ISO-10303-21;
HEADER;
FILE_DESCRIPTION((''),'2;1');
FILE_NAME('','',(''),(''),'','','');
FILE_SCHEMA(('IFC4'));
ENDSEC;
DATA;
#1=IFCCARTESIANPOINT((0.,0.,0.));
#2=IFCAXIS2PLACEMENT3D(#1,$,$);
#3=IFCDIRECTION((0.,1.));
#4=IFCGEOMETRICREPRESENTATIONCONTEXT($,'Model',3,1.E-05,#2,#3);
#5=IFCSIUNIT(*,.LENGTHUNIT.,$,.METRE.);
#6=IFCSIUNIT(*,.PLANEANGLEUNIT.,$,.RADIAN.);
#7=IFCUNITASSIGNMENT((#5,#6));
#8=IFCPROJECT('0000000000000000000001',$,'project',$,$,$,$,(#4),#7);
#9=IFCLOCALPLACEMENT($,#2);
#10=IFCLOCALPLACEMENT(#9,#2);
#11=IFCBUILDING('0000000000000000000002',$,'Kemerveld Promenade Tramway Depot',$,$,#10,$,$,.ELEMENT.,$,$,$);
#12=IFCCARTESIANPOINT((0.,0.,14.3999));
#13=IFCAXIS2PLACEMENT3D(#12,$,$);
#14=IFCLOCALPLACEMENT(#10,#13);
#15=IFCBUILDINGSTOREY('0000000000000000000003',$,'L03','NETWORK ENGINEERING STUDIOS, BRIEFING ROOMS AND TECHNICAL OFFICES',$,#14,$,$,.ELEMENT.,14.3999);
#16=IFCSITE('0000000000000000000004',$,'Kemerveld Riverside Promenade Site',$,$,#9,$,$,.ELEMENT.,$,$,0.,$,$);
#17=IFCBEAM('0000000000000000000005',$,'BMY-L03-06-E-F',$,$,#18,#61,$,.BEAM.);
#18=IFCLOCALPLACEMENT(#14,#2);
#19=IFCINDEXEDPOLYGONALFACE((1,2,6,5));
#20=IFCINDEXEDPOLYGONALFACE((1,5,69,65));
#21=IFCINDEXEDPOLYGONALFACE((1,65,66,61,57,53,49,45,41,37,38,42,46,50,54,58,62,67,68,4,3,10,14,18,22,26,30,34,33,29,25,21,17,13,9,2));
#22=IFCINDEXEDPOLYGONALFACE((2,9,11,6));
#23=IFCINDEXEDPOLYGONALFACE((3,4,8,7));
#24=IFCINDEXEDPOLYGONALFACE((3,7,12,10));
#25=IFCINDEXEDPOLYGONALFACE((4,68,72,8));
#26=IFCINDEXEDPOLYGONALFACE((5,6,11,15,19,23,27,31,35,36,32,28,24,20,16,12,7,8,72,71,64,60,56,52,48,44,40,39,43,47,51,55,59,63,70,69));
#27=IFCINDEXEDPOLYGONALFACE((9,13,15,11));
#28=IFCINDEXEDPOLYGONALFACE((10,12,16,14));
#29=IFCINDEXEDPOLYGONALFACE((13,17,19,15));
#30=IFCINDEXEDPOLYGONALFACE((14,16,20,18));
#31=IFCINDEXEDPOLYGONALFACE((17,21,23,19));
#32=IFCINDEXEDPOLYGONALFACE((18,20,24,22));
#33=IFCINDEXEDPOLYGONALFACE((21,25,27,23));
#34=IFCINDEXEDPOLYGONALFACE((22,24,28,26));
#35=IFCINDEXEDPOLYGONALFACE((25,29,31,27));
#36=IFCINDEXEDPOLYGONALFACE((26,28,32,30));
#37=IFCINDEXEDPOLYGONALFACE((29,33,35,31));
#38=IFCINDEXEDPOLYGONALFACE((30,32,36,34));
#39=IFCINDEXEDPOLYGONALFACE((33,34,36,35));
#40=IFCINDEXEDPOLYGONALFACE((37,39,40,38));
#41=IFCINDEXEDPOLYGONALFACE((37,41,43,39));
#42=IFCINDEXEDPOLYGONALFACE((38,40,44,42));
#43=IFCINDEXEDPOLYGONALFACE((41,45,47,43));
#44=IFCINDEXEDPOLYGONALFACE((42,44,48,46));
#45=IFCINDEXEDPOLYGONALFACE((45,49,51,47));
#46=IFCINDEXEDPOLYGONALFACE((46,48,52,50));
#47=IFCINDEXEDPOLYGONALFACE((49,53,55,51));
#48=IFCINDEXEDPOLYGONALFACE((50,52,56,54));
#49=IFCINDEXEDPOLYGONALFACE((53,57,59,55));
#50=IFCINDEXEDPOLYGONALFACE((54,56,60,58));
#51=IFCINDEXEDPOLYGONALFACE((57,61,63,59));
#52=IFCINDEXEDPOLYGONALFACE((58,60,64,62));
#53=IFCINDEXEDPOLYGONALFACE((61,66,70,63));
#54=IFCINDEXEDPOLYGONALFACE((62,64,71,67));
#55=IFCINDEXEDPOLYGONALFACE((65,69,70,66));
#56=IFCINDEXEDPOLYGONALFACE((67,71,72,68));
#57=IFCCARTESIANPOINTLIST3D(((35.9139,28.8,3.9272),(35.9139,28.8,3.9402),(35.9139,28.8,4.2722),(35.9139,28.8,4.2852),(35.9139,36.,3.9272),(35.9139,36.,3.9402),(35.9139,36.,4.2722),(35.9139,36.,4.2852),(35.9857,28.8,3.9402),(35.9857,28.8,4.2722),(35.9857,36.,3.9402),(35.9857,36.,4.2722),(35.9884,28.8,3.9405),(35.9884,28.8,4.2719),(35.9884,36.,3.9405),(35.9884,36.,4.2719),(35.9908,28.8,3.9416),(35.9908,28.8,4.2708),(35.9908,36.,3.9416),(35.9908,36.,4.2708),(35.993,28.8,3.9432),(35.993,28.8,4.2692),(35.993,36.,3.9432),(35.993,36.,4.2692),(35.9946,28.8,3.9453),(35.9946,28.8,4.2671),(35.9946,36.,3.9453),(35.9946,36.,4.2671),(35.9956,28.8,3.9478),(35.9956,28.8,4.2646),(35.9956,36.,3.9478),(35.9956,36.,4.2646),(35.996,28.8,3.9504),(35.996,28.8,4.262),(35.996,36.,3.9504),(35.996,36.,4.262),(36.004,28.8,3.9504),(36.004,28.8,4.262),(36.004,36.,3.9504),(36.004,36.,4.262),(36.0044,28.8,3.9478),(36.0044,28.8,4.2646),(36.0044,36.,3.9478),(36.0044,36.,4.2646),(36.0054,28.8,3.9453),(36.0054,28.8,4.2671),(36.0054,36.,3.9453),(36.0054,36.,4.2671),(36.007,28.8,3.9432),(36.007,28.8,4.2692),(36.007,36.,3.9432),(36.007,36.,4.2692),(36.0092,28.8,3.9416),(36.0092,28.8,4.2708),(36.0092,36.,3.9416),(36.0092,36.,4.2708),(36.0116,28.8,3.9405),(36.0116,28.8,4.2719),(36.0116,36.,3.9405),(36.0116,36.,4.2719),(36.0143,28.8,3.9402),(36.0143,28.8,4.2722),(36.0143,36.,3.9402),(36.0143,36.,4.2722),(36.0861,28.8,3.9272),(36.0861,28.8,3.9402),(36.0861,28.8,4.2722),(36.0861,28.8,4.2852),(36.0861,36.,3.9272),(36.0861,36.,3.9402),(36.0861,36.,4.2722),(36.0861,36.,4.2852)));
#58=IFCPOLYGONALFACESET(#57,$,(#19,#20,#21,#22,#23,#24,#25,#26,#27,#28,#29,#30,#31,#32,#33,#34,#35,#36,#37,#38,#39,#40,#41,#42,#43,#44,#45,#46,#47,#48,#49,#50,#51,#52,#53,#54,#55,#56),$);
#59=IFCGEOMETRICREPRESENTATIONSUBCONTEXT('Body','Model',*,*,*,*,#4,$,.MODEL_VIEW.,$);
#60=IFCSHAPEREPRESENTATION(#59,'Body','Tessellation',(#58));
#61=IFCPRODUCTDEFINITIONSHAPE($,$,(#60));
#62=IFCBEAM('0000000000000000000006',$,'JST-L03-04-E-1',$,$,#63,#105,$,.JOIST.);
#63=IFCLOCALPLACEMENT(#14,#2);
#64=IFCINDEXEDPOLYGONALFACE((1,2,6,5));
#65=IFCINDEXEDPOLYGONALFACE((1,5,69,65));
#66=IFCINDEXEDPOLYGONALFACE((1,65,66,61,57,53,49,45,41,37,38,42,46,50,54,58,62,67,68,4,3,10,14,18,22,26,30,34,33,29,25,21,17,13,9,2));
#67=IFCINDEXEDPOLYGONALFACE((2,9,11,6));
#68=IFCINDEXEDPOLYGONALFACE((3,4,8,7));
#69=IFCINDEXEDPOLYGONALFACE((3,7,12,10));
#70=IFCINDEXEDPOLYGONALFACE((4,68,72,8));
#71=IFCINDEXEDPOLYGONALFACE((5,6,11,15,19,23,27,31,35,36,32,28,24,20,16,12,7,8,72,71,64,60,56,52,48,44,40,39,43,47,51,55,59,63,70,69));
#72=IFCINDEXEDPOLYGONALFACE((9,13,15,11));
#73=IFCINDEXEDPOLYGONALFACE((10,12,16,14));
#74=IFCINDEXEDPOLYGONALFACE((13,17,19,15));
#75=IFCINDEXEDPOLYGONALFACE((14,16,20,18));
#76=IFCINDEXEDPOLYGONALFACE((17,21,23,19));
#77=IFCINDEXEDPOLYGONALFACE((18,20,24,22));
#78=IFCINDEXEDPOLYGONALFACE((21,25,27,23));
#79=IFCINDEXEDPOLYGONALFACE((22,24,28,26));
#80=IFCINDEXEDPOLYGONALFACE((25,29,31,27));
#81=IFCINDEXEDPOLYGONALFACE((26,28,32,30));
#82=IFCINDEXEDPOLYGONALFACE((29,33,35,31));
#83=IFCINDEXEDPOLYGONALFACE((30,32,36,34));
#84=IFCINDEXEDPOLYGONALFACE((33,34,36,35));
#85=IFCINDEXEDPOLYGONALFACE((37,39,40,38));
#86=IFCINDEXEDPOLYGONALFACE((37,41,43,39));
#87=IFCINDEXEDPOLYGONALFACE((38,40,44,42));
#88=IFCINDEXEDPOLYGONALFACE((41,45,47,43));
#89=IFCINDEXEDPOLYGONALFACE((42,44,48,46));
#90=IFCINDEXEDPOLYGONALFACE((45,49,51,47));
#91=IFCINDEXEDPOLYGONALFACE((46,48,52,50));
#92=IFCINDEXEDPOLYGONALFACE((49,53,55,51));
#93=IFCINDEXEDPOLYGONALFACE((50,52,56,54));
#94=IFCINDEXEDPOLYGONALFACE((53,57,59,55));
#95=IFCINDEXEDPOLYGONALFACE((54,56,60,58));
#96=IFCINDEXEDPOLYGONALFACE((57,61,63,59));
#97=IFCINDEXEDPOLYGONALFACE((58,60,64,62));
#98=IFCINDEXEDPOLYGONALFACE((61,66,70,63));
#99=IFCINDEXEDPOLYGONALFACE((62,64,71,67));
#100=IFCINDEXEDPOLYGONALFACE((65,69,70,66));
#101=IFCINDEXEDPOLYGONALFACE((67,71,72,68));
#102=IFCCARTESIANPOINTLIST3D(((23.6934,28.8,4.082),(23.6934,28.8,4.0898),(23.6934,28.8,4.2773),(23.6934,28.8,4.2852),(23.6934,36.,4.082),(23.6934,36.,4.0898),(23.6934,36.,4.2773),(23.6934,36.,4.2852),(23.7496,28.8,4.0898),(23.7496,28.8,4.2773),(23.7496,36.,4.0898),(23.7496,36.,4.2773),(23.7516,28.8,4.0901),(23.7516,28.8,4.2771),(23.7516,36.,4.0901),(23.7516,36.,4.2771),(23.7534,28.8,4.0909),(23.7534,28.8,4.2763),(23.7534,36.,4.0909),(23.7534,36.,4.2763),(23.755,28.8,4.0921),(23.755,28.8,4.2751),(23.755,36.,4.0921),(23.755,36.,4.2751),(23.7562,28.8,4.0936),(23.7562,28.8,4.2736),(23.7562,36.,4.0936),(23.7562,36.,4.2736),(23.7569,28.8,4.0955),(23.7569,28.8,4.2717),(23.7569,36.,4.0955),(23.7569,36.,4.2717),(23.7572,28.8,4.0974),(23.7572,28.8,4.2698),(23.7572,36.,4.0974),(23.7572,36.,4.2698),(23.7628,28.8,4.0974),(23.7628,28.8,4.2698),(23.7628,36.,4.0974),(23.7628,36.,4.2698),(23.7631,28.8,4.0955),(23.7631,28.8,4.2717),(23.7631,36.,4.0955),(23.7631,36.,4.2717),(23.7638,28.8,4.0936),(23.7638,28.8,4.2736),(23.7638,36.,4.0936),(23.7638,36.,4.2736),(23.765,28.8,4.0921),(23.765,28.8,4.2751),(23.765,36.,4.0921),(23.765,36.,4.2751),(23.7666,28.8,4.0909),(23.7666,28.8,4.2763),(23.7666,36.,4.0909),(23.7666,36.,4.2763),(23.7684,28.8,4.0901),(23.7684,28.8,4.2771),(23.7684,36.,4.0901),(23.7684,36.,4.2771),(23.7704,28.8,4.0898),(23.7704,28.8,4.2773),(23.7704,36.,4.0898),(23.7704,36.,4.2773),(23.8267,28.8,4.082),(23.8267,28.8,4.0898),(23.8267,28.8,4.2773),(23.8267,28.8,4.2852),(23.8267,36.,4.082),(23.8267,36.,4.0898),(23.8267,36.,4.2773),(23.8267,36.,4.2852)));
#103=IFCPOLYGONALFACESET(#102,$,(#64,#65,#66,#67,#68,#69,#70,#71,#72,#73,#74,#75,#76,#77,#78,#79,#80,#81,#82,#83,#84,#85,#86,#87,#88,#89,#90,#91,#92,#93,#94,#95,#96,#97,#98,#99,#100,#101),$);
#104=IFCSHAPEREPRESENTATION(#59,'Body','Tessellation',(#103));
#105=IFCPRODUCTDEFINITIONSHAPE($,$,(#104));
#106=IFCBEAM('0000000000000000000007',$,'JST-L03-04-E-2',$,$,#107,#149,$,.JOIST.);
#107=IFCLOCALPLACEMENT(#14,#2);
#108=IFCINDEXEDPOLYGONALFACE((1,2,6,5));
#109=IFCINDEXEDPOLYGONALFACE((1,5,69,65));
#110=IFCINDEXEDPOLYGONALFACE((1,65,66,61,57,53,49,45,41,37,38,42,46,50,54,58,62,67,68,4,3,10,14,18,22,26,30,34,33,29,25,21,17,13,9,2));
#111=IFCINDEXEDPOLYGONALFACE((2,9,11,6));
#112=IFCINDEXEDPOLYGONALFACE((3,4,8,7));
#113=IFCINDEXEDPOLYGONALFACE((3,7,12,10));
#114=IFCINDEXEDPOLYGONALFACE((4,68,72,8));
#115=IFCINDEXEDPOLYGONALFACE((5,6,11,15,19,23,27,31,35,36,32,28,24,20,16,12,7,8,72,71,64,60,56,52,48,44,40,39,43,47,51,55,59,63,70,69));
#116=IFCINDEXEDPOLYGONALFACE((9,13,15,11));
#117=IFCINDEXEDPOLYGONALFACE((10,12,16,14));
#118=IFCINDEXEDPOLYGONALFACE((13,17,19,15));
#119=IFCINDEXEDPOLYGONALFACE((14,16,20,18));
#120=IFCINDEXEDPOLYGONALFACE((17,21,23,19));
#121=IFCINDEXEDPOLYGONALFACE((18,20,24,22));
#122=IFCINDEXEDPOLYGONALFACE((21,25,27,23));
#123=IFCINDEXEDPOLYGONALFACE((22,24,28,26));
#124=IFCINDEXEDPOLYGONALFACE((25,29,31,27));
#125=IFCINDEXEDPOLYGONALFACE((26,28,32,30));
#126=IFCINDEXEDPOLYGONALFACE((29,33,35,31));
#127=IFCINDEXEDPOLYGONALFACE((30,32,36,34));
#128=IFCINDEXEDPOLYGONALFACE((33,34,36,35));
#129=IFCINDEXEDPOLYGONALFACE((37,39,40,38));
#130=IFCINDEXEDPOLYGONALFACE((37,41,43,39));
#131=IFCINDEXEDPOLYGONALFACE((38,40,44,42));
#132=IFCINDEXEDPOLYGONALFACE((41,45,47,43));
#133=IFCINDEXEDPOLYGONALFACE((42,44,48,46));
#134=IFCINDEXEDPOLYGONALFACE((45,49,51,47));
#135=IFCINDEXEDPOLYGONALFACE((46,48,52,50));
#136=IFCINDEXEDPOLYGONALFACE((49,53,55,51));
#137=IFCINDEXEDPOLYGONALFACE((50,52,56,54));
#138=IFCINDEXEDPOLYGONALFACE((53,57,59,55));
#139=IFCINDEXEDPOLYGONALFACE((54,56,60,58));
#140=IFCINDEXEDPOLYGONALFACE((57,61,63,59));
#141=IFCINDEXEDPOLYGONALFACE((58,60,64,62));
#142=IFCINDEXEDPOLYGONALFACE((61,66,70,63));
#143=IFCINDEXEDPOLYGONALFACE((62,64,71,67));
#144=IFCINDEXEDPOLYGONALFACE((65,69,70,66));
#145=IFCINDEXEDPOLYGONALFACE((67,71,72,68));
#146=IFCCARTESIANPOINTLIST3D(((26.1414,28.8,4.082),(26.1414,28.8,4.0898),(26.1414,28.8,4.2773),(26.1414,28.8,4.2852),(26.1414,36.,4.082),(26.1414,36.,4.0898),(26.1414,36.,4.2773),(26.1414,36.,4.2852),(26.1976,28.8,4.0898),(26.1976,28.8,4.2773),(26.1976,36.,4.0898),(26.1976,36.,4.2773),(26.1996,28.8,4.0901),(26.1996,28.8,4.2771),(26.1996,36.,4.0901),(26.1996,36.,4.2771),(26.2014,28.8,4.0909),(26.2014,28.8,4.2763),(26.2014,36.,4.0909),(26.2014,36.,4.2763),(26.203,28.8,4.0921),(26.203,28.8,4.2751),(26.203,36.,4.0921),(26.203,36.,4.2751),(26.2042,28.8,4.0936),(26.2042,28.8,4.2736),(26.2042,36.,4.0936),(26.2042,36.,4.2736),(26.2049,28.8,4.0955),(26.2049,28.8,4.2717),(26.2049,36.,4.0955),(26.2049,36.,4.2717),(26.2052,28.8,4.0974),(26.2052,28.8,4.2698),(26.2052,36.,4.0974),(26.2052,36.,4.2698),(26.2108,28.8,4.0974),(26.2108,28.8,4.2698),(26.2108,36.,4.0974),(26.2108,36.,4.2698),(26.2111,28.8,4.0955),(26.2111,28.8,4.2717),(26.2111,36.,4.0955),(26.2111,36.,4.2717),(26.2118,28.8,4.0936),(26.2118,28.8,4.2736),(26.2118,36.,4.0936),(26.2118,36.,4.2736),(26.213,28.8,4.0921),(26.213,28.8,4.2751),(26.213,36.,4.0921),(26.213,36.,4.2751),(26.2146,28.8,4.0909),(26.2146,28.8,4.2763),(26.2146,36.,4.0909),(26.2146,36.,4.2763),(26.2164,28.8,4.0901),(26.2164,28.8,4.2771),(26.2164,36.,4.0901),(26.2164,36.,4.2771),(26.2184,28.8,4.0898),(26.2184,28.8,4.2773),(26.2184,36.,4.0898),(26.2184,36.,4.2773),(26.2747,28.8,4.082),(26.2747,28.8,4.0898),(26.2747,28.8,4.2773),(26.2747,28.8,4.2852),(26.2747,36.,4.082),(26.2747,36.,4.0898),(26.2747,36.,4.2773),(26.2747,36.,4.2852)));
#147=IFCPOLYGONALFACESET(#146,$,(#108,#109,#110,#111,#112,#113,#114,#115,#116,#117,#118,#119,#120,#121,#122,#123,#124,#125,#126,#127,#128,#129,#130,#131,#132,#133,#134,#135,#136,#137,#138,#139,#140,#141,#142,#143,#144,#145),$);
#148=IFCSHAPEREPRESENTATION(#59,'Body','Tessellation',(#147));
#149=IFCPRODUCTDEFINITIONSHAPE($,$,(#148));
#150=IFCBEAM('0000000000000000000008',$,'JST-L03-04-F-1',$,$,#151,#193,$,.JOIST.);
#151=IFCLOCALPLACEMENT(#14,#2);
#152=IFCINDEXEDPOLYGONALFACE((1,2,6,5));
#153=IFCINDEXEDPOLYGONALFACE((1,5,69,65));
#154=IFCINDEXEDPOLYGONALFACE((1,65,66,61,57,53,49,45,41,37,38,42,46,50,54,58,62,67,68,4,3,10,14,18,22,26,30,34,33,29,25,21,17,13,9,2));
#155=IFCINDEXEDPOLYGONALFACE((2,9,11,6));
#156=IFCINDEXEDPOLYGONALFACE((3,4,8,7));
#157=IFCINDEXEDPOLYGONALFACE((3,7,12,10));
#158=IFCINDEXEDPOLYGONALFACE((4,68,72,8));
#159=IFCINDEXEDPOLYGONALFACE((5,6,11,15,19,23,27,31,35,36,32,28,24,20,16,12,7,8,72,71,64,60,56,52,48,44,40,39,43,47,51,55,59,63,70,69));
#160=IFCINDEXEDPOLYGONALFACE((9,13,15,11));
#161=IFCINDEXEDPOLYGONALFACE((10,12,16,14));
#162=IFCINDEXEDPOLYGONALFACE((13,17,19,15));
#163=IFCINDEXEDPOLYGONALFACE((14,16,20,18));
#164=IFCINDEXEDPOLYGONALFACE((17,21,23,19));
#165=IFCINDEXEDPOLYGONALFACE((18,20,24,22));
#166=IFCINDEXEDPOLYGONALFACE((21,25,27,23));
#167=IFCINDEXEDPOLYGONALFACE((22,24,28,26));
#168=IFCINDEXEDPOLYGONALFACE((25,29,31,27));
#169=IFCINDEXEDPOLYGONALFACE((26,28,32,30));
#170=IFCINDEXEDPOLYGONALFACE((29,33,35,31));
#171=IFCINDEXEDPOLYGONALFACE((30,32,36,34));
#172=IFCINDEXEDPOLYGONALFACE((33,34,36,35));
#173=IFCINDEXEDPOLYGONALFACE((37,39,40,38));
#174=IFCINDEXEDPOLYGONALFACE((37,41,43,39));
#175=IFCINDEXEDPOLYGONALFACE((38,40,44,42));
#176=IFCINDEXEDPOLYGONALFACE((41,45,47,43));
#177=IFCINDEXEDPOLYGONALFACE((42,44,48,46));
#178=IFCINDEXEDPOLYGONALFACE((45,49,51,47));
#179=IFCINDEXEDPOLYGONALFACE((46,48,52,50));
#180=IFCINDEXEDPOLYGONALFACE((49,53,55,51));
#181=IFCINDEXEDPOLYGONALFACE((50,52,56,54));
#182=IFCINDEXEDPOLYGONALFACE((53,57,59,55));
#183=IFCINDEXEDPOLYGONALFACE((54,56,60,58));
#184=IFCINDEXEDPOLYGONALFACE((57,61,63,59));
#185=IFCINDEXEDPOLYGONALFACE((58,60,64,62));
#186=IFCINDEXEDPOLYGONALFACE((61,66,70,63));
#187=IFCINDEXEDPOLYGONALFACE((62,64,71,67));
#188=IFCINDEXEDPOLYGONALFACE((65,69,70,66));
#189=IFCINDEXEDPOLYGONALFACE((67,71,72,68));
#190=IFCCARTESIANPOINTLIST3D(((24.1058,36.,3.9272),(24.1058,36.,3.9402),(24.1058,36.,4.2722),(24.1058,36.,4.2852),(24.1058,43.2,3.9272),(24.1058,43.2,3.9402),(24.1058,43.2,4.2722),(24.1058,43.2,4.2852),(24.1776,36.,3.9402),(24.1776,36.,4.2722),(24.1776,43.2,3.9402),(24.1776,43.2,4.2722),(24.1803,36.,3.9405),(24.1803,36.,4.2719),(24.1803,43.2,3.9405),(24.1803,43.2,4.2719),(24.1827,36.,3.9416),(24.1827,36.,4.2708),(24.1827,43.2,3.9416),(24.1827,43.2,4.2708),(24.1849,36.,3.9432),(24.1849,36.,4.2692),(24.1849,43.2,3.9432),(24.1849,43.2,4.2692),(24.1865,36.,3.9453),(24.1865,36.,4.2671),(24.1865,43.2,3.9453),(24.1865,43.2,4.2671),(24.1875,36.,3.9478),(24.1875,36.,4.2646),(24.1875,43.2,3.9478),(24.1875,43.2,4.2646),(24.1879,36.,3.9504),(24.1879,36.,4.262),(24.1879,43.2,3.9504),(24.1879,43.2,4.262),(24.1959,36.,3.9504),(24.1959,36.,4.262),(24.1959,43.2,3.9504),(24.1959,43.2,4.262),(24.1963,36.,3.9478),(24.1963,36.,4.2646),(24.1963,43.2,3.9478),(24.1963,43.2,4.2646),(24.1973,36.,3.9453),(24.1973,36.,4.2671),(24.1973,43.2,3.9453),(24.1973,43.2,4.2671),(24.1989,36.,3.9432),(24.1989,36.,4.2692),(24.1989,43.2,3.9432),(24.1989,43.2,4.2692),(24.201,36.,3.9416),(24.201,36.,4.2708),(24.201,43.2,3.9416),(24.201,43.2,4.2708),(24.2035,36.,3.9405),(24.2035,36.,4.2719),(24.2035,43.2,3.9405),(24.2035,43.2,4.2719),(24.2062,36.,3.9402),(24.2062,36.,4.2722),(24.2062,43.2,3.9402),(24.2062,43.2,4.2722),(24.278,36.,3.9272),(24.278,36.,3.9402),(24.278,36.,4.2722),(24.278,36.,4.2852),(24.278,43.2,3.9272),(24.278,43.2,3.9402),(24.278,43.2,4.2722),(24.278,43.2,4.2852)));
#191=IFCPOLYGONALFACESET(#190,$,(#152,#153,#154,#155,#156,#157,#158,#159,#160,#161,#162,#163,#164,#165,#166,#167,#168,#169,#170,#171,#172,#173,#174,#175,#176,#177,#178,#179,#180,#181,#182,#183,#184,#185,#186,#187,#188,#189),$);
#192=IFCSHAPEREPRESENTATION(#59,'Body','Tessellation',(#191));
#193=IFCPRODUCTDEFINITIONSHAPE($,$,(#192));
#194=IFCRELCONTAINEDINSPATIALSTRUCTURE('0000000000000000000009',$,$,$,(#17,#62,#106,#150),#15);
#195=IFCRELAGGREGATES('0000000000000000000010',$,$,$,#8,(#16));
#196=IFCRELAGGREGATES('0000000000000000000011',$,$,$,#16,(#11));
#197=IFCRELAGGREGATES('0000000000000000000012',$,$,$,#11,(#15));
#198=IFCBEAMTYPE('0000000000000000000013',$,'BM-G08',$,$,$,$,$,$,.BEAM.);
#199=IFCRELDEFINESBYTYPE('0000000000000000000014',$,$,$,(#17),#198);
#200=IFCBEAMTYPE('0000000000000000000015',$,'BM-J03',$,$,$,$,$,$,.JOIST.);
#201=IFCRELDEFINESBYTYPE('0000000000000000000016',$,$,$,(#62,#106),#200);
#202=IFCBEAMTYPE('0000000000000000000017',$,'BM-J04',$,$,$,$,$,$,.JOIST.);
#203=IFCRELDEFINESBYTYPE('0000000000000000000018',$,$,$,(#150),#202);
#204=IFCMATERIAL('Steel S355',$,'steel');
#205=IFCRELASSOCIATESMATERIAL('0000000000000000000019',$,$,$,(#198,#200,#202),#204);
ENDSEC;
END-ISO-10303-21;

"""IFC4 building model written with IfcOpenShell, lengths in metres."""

from ifc_helpers import new_model, si_unit, direction, frame, origin, origin_2d, place, context, subcontext, project, spatial, i_section, extrude, material, material_profile, profile_set, type_object, element, save


model = new_model("IFC4")

# Units and contexts
model_context = context("Model", 3, precision=1e-05, world=origin(), true_north=direction((0.0, 1.0)))
body_context = subcontext(model_context, "Body", "Model", "MODEL_VIEW")
ifc_project = project(units=[si_unit("LENGTHUNIT", "METRE"), si_unit("PLANEANGLEUNIT", "RADIAN")], contexts=[model_context])

# Site, building, storey
site_placement = place(None, origin())
site = spatial("IfcSite", under=ifc_project, at=site_placement, Name="Kemerveld Riverside Promenade Site", CompositionType="ELEMENT", RefElevation=0.0)
building_placement = place(site_placement, origin())
building = spatial("IfcBuilding", under=site, at=building_placement, Name="Kemerveld Promenade Tramway Depot", CompositionType="ELEMENT")
storey_placement = place(building_placement, frame((0.0, 0.0, 14.3999)))
storey = spatial("IfcBuildingStorey", under=building, at=storey_placement, Name="L03", Description="NETWORK ENGINEERING STUDIOS, BRIEFING ROOMS AND TECHNICAL OFFICES", CompositionType="ELEMENT", Elevation=14.3999)

# Shared definitions
ifc_material = material(Name="Steel S355", Category="steel")

# Beams
ifc_material_profile_1 = material_profile(ifc_material, i_section(OverallWidth=0.1721, OverallDepth=0.3579, WebThickness=0.0081, FlangeThickness=0.0129, FilletRadius=0.0103, at=origin_2d()), Name="356x171x57 UB")
ifc_profile_set_1 = profile_set([ifc_material_profile_1], Name="Steel S355")
beam_type_1 = type_object("IfcBeamType", Name="BM-G08", PredefinedType="BEAM", material=ifc_profile_set_1)
for number, where, z_axis, x_axis, name in (
    (1, (36.0, 28.8, 4.1062), (0.0, 1.0, 0.0), (-1.0, 0.0, 0.0), "BMY-L03-06-E-F"),
):
    element("IfcBeam", number, at=place(storey_placement, frame(where, z_axis=z_axis, x_axis=x_axis)), inside=storey, type_object=beam_type_1, Name=name, PredefinedType="BEAM", context=body_context, shape_type="SweptSolid", body=[
        extrude(i_section(OverallWidth=0.1721, OverallDepth=0.3579, WebThickness=0.0081, FlangeThickness=0.0129, FilletRadius=0.0103, at=origin_2d()), origin(), (0.0, 0.0, 1.0), 7.2),
    ])
ifc_material_profile_2 = material_profile(ifc_material, i_section(OverallWidth=0.1333, OverallDepth=0.2031, WebThickness=0.0056, FlangeThickness=0.0078, FilletRadius=0.0076, at=origin_2d()), Name="203x133x25 UB")
ifc_profile_set_2 = profile_set([ifc_material_profile_2], Name="Steel S355")
beam_type_2 = type_object("IfcBeamType", Name="BM-J03", PredefinedType="JOIST", material=ifc_profile_set_2)
for number, where, z_axis, x_axis, name in (
    (2, (23.76, 28.8, 4.1836), (0.0, 1.0, 0.0), (-1.0, 0.0, 0.0), "JST-L03-04-E-1"),
    (3, (26.208, 28.8, 4.1836), (0.0, 1.0, 0.0), (-1.0, 0.0, 0.0), "JST-L03-04-E-2"),
):
    element("IfcBeam", number, at=place(storey_placement, frame(where, z_axis=z_axis, x_axis=x_axis)), inside=storey, type_object=beam_type_2, Name=name, PredefinedType="JOIST", context=body_context, shape_type="SweptSolid", body=[
        extrude(i_section(OverallWidth=0.1333, OverallDepth=0.2031, WebThickness=0.0056, FlangeThickness=0.0078, FilletRadius=0.0076, at=origin_2d()), origin(), (0.0, 0.0, 1.0), 7.2),
    ])
ifc_material_profile_3 = material_profile(ifc_material, i_section(OverallWidth=0.1721, OverallDepth=0.3579, WebThickness=0.0081, FlangeThickness=0.0129, FilletRadius=0.0103, at=origin_2d()), Name="356x171x57 UB")
ifc_profile_set_3 = profile_set([ifc_material_profile_3], Name="Steel S355")
beam_type_3 = type_object("IfcBeamType", Name="BM-J04", PredefinedType="JOIST", material=ifc_profile_set_3)
for number, where, z_axis, x_axis, name in (
    (4, (24.1919, 36.0, 4.1062), (0.0, 1.0, 0.0), (-1.0, 0.0, 0.0), "JST-L03-04-F-1"),
):
    element("IfcBeam", number, at=place(storey_placement, frame(where, z_axis=z_axis, x_axis=x_axis)), inside=storey, type_object=beam_type_3, Name=name, PredefinedType="JOIST", context=body_context, shape_type="SweptSolid", body=[
        extrude(i_section(OverallWidth=0.1721, OverallDepth=0.3579, WebThickness=0.0081, FlangeThickness=0.0129, FilletRadius=0.0103, at=origin_2d()), origin(), (0.0, 0.0, 1.0), 7.2),
    ])

save(model, "model.ifc")
